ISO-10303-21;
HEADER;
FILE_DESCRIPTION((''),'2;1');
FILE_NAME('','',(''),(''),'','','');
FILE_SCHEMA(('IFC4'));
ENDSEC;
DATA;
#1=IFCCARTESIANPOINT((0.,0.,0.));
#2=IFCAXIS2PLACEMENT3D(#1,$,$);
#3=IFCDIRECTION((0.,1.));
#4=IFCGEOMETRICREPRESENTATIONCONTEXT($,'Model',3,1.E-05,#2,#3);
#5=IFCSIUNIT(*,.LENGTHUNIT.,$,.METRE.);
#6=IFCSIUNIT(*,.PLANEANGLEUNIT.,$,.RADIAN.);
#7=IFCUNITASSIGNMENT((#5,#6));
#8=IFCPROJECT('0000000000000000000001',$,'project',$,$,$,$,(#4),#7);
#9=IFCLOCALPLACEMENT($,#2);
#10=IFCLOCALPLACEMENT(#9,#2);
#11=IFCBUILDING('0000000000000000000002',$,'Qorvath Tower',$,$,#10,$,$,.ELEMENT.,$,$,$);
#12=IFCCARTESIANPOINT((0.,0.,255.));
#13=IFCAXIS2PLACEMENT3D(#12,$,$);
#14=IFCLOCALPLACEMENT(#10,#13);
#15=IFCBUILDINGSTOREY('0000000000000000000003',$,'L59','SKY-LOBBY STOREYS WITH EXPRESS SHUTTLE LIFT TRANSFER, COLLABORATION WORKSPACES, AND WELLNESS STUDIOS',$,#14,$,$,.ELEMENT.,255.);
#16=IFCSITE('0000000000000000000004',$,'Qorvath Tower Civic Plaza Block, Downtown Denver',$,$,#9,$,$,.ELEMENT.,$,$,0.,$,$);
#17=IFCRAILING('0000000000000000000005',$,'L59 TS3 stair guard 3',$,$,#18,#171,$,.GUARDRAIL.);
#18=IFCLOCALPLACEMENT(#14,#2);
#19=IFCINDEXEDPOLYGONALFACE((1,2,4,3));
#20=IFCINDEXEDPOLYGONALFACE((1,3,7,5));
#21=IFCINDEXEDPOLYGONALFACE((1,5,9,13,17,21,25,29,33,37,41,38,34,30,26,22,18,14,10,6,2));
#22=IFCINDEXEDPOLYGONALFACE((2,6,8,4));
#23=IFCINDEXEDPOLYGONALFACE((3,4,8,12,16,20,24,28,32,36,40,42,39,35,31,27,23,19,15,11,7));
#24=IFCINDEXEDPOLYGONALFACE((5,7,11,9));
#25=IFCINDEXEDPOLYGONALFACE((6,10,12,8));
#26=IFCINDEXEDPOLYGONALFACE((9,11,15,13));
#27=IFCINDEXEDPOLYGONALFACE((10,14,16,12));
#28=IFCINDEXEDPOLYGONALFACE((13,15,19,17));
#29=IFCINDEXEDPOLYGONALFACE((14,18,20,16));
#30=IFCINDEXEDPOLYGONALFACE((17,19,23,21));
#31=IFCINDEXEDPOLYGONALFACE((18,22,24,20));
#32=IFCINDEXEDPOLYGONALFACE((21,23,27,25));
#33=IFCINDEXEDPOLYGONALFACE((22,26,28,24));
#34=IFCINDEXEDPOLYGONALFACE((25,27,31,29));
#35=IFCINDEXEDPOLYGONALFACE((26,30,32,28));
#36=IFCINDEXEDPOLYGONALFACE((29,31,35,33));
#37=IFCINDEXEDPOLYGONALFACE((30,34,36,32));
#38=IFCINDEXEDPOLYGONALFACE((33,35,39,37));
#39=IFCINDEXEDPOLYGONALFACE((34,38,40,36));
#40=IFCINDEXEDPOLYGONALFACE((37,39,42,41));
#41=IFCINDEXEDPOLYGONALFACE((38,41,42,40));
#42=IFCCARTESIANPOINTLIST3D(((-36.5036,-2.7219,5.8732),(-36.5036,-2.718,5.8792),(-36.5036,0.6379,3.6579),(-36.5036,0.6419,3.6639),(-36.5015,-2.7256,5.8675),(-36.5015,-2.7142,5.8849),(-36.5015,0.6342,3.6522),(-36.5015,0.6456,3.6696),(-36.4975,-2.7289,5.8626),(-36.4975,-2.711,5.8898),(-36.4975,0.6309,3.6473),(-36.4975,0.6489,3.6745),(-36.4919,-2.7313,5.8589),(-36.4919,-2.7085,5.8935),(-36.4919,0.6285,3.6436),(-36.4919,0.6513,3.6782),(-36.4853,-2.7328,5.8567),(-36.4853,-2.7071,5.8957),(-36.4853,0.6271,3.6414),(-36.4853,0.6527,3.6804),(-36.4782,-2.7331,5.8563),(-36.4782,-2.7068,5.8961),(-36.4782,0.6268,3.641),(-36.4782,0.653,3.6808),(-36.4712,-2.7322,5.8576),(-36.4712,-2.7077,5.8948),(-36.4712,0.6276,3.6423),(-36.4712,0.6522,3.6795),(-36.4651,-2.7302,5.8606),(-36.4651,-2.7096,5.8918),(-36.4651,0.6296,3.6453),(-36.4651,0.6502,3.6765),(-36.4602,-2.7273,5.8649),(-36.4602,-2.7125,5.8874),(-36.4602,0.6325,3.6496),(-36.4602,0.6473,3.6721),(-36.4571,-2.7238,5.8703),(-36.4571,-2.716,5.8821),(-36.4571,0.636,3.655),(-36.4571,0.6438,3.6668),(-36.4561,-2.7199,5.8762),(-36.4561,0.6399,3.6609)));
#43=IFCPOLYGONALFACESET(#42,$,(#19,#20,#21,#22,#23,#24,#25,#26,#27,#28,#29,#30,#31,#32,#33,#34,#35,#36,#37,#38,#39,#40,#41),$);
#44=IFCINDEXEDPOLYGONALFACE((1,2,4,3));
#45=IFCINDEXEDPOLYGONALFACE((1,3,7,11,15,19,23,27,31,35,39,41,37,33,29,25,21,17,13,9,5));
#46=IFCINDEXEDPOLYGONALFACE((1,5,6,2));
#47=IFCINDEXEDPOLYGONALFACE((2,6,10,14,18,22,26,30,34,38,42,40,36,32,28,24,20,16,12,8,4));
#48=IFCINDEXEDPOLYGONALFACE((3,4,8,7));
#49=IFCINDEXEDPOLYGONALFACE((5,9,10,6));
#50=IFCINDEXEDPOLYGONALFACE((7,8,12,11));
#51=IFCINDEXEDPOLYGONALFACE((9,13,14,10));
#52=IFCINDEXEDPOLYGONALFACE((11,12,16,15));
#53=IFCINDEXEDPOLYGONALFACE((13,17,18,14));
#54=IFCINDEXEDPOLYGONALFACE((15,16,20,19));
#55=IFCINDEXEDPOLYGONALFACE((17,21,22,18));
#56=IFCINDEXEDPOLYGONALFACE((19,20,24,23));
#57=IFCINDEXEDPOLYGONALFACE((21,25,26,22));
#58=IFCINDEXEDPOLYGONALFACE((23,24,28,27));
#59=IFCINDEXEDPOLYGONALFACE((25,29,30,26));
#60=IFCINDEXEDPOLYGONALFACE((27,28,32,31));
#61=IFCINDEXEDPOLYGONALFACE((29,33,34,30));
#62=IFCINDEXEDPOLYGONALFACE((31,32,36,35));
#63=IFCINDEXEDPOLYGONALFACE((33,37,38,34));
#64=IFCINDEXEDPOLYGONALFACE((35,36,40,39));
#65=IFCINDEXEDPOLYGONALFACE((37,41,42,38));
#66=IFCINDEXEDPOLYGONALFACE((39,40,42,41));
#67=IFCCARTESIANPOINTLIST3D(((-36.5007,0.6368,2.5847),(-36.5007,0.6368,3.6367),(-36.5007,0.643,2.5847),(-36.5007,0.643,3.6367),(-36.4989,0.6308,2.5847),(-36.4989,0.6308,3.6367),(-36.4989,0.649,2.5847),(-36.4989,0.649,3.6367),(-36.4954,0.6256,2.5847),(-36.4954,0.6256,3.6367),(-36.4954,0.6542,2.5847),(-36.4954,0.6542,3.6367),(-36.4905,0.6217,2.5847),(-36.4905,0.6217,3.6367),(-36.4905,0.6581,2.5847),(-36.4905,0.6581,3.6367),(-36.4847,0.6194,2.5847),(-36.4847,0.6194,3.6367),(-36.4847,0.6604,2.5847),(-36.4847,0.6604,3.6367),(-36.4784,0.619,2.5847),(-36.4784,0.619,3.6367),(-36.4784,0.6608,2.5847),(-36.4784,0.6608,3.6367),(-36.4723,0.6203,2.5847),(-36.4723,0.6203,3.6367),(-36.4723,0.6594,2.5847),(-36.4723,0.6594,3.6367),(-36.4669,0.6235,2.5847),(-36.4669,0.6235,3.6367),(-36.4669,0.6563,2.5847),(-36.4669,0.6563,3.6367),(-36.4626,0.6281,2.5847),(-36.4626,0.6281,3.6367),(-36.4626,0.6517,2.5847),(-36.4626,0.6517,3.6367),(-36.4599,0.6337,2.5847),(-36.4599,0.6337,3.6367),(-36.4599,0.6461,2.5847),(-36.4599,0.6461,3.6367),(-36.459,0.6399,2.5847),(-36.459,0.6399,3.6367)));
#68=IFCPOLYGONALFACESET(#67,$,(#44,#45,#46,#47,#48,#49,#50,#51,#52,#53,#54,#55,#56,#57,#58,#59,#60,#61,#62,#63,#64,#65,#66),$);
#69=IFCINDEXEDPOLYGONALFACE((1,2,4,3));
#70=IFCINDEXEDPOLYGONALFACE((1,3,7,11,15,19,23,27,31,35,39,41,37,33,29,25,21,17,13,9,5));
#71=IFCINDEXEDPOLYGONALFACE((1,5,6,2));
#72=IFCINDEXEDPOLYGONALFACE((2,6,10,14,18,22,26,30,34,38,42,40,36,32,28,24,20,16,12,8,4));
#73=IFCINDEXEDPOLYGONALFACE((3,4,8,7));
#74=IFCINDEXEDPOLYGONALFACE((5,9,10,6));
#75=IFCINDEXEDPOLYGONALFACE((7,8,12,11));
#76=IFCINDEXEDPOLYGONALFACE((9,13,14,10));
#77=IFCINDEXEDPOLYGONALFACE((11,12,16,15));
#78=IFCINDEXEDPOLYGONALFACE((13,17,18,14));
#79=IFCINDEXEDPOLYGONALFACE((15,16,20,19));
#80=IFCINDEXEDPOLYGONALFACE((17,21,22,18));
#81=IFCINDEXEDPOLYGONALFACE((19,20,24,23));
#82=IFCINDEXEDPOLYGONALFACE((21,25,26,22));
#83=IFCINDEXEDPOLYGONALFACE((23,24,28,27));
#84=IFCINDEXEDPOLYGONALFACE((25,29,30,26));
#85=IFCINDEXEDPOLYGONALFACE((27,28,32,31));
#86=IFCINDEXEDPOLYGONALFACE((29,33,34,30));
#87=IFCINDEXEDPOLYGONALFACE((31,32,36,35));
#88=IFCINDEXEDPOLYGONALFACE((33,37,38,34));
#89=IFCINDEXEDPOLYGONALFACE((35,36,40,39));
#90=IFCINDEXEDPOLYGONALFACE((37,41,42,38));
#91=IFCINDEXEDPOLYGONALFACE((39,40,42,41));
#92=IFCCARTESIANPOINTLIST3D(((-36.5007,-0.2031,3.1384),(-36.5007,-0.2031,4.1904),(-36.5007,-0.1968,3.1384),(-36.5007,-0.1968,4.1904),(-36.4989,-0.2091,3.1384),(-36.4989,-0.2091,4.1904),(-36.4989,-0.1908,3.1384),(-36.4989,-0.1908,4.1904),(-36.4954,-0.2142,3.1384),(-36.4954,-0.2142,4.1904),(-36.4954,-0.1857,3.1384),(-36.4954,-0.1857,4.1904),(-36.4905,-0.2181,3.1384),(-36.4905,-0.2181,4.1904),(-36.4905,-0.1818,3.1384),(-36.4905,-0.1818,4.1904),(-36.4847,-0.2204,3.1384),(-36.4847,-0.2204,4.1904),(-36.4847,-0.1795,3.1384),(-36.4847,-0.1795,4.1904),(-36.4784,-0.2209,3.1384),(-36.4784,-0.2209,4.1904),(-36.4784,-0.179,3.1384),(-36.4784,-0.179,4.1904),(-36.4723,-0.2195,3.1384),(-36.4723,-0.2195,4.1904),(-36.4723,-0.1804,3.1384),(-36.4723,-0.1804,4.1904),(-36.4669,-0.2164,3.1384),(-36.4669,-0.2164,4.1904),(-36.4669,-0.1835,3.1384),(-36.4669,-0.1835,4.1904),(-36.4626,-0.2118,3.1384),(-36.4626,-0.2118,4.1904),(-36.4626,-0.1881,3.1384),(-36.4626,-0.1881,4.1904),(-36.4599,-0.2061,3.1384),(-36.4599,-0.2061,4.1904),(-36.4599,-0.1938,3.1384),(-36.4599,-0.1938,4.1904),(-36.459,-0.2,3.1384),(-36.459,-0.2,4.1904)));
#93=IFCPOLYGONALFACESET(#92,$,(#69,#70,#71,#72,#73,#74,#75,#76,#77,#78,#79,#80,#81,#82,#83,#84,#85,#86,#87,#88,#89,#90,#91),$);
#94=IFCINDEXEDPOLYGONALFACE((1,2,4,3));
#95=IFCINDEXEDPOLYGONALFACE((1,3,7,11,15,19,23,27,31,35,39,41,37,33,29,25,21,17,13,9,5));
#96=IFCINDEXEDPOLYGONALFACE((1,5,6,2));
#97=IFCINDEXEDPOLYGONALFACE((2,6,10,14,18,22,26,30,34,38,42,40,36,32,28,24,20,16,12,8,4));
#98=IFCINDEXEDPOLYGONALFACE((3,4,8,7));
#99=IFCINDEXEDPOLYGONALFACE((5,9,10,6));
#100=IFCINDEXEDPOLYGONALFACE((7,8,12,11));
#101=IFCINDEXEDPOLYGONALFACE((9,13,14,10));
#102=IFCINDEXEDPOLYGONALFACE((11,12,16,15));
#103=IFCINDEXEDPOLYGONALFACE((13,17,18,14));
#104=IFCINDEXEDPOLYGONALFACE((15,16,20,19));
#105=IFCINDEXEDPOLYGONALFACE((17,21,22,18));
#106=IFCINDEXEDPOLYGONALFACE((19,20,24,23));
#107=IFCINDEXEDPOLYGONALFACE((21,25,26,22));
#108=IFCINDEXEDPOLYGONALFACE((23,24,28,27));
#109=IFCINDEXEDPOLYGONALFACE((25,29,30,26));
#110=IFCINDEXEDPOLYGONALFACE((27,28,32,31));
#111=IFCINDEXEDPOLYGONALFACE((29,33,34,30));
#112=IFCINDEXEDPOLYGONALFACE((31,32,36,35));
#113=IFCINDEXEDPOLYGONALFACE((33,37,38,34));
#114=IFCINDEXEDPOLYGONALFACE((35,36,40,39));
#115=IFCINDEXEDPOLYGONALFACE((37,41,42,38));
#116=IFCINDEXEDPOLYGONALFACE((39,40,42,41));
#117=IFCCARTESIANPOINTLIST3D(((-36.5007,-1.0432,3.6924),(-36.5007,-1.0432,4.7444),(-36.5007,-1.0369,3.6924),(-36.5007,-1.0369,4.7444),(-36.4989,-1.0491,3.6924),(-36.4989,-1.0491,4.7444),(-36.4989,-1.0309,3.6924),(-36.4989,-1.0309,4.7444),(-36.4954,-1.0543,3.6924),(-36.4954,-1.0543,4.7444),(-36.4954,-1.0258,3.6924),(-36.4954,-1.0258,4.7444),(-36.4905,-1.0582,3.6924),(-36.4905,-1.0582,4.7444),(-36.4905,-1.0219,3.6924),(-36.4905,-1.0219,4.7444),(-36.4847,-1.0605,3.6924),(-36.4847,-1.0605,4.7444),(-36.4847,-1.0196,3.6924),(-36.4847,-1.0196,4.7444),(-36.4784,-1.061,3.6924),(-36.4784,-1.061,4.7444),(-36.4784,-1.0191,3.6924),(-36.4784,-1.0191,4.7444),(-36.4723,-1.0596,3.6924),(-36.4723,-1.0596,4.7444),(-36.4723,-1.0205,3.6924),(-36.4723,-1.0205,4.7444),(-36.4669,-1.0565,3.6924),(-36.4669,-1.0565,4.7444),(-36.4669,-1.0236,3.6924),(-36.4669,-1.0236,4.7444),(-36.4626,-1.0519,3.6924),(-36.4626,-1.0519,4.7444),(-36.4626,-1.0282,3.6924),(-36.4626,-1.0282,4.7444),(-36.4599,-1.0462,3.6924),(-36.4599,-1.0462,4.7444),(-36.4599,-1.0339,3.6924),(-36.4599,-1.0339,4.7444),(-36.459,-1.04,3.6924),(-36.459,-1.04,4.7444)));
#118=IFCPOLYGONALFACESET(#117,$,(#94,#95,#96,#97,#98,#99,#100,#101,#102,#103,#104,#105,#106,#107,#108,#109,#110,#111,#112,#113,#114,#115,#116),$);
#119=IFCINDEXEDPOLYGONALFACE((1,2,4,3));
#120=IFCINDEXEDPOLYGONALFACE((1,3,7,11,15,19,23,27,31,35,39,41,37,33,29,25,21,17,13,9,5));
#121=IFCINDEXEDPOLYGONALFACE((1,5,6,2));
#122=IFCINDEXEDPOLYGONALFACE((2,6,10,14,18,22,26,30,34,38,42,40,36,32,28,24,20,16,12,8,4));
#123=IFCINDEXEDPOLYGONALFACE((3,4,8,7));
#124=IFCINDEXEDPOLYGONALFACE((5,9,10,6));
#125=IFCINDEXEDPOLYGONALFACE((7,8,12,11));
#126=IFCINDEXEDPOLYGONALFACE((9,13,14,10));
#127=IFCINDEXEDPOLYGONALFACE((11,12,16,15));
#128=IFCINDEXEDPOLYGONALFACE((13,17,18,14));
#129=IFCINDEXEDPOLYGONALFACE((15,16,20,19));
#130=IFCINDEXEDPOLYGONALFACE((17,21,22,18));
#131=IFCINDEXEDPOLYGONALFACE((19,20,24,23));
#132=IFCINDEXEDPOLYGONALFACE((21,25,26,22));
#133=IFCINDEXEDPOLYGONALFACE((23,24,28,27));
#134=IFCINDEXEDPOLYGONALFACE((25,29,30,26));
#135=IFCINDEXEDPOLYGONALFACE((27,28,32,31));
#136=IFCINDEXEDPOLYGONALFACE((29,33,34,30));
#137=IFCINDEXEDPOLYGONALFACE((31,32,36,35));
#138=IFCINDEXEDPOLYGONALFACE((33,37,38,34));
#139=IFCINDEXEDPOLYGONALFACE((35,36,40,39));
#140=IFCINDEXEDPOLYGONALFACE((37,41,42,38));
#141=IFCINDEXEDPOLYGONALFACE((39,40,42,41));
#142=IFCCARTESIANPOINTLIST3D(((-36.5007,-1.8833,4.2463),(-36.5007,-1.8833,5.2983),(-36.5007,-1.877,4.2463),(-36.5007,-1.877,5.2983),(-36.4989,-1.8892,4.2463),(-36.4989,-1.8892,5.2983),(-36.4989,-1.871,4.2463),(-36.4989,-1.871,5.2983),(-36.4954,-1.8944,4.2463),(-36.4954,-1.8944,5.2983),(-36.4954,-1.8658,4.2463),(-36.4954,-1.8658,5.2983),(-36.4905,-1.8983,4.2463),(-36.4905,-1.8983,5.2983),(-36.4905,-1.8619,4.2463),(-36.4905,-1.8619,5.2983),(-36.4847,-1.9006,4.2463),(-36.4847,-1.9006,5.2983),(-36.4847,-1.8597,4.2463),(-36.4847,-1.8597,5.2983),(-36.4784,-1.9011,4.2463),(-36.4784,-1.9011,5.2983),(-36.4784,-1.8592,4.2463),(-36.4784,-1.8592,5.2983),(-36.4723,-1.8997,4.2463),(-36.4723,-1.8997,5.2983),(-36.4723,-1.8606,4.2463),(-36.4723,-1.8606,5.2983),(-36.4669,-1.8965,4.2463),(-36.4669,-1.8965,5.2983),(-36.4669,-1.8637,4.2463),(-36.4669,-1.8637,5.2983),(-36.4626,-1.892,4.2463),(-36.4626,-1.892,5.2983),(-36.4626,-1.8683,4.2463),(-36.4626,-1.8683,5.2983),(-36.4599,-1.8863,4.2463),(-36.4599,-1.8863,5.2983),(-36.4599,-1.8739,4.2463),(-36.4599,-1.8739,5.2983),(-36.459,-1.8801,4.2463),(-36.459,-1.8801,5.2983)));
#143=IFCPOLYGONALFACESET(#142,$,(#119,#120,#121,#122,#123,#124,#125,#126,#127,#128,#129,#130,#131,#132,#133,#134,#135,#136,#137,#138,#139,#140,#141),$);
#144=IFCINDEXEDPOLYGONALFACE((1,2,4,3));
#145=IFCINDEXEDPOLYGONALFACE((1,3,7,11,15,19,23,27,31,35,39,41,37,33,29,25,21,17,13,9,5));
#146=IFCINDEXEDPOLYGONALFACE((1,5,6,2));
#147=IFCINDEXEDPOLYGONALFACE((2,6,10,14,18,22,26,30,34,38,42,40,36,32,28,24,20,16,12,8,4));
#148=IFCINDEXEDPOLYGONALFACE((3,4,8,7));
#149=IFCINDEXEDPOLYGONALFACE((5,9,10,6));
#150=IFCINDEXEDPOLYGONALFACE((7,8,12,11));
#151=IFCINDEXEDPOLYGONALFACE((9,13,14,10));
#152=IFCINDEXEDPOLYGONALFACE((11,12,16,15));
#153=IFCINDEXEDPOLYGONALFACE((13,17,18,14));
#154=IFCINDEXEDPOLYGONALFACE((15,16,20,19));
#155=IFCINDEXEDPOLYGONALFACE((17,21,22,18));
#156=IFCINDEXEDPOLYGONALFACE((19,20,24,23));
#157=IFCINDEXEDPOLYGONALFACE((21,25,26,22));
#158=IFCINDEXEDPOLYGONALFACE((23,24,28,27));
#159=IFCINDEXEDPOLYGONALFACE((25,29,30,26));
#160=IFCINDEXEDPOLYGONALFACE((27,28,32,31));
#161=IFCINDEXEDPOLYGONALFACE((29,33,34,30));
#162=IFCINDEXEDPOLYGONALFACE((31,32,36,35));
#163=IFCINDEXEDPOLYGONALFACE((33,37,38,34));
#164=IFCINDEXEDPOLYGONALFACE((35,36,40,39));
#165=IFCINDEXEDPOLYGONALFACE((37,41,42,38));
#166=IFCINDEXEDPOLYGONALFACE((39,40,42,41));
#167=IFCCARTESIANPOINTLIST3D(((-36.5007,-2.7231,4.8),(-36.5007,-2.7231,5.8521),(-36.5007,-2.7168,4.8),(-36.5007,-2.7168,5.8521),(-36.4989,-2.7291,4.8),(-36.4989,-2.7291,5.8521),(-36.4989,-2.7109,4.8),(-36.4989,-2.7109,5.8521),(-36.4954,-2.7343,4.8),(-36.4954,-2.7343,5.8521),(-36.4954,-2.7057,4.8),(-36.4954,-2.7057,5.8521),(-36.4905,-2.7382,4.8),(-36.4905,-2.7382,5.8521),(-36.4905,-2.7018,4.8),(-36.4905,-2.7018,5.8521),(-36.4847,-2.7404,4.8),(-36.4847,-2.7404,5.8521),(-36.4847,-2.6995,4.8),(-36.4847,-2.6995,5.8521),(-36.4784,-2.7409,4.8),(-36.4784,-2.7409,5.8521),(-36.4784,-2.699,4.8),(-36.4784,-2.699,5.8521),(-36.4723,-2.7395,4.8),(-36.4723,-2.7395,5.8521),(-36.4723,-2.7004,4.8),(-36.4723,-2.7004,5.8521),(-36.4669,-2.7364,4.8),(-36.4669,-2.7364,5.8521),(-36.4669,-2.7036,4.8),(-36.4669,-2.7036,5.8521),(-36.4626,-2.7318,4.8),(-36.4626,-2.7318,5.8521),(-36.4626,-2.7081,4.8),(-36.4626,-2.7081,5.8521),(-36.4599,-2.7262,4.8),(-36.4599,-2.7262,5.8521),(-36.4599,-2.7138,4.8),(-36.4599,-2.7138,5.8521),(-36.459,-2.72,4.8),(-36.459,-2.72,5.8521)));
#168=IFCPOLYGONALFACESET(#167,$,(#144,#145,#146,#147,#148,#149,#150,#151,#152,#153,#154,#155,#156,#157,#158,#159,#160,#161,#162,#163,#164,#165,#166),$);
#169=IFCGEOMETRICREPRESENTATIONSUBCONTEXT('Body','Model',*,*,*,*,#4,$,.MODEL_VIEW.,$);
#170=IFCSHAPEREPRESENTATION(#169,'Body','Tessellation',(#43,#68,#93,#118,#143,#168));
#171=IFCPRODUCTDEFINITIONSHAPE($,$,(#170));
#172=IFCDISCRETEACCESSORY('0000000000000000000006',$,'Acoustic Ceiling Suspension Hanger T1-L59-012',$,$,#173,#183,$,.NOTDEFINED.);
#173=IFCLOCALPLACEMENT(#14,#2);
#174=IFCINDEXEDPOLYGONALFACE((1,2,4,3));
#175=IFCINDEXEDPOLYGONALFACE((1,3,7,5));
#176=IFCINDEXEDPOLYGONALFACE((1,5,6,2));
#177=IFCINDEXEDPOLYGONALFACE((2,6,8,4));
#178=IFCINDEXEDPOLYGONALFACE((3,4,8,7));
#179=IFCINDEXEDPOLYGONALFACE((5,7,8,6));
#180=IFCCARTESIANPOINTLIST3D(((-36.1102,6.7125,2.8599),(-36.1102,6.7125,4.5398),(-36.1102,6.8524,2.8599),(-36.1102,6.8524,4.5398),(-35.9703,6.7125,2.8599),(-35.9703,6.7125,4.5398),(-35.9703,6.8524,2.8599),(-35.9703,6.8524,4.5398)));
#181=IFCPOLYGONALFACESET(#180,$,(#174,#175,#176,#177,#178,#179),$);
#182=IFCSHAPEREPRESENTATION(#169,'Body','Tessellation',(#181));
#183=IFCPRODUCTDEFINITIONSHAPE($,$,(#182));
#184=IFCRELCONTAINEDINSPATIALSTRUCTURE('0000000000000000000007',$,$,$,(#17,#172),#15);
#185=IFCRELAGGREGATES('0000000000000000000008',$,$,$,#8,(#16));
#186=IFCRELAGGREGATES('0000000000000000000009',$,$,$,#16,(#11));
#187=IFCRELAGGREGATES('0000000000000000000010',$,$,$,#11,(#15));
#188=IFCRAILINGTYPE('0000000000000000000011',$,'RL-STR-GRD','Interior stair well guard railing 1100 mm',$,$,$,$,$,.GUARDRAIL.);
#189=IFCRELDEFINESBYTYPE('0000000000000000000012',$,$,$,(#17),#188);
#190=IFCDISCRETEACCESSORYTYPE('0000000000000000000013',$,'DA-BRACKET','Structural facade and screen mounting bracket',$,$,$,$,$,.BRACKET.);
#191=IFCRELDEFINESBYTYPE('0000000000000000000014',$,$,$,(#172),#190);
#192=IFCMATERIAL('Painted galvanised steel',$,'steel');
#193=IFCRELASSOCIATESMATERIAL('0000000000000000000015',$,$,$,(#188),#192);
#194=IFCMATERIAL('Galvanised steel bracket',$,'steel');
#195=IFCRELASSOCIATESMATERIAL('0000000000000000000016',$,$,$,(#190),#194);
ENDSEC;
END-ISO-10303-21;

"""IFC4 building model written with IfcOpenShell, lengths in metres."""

from ifc_helpers import new_model, si_unit, direction, frame, origin, origin_2d, place, context, subcontext, project, spatial, rectangle, circle, extrude, material, type_object, element, save


model = new_model("IFC4")

# Units and contexts
model_context = context("Model", 3, precision=1e-05, world=origin(), true_north=direction((0.0, 1.0)))
body_context = subcontext(model_context, "Body", "Model", "MODEL_VIEW")
ifc_project = project(units=[si_unit("LENGTHUNIT", "METRE"), si_unit("PLANEANGLEUNIT", "RADIAN")], contexts=[model_context])

# Site, building, storey
site_placement = place(None, origin())
site = spatial("IfcSite", under=ifc_project, at=site_placement, Name="Qorvath Tower Civic Plaza Block, Downtown Denver", CompositionType="ELEMENT", RefElevation=0.0)
building_placement = place(site_placement, origin())
building = spatial("IfcBuilding", under=site, at=building_placement, Name="Qorvath Tower", CompositionType="ELEMENT")
storey_placement = place(building_placement, frame((0.0, 0.0, 255.0)))
storey = spatial("IfcBuildingStorey", under=building, at=storey_placement, Name="L59", Description="SKY-LOBBY STOREYS WITH EXPRESS SHUTTLE LIFT TRANSFER, COLLABORATION WORKSPACES, AND WELLNESS STUDIOS", CompositionType="ELEMENT", Elevation=255.0)

# Railing
ifc_material_1 = material(Name="Painted galvanised steel", Category="steel")
railing_type = type_object("IfcRailingType", Name="RL-STR-GRD", Description="Interior stair well guard railing 1100 mm", PredefinedType="GUARDRAIL", material=ifc_material_1)
railing_1_placement = place(storey_placement, frame((-36.48, 0.6399, 2.5847)))
element("IfcRailing", 1, at=railing_1_placement, inside=storey, type_object=railing_type, Name="L59 TS3 stair guard 3", PredefinedType="GUARDRAIL", context=body_context, shape_type="SweptSolid", body=[
    extrude(circle(Radius=0.0239, at=origin_2d()), frame((0.0, 0.0, 1.0762), z_axis=(0.0, -0.834858, 0.550465), x_axis=(1.0, 0.0, 0.0)), (0.0, 0.0, 1.0), 4.0244),
    extrude(circle(Radius=0.021, at=origin_2d()), origin(), (0.0, 0.0, 1.0), 1.052),
    extrude(circle(Radius=0.021, at=origin_2d()), frame((0.0, -0.8398, 0.5537)), (0.0, 0.0, 1.0), 1.052),
    extrude(circle(Radius=0.021, at=origin_2d()), frame((0.0, -1.6799, 1.1077)), (0.0, 0.0, 1.0), 1.052),
    extrude(circle(Radius=0.021, at=origin_2d()), frame((0.0, -2.52, 1.6616)), (0.0, 0.0, 1.0), 1.052),
    extrude(circle(Radius=0.021, at=origin_2d()), frame((0.0, -3.3599, 2.2153)), (0.0, 0.0, 1.0), 1.052),
])

# Discrete accessory
ifc_material_2 = material(Name="Galvanised steel bracket", Category="steel")
discrete_accessory_type = type_object("IfcDiscreteAccessoryType", Name="DA-BRACKET", Description="Structural facade and screen mounting bracket", PredefinedType="BRACKET", material=ifc_material_2)
discrete_accessory_placement = place(storey_placement, frame((-36.0403, 6.7825, 2.8599), z_axis=(0.0, 0.0, 1.0), x_axis=(1.0, 0.0, 0.0)))
element("IfcDiscreteAccessory", 2, at=discrete_accessory_placement, inside=storey, type_object=discrete_accessory_type, Name="Acoustic Ceiling Suspension Hanger T1-L59-012", PredefinedType="NOTDEFINED", context=body_context, shape_type="SweptSolid", body=[
    extrude(rectangle(XDim=0.1399, YDim=0.1399, at=origin_2d()), origin(), (0.0, 0.0, 1.0), 1.6799),
])

save(model, "model.ifc")
